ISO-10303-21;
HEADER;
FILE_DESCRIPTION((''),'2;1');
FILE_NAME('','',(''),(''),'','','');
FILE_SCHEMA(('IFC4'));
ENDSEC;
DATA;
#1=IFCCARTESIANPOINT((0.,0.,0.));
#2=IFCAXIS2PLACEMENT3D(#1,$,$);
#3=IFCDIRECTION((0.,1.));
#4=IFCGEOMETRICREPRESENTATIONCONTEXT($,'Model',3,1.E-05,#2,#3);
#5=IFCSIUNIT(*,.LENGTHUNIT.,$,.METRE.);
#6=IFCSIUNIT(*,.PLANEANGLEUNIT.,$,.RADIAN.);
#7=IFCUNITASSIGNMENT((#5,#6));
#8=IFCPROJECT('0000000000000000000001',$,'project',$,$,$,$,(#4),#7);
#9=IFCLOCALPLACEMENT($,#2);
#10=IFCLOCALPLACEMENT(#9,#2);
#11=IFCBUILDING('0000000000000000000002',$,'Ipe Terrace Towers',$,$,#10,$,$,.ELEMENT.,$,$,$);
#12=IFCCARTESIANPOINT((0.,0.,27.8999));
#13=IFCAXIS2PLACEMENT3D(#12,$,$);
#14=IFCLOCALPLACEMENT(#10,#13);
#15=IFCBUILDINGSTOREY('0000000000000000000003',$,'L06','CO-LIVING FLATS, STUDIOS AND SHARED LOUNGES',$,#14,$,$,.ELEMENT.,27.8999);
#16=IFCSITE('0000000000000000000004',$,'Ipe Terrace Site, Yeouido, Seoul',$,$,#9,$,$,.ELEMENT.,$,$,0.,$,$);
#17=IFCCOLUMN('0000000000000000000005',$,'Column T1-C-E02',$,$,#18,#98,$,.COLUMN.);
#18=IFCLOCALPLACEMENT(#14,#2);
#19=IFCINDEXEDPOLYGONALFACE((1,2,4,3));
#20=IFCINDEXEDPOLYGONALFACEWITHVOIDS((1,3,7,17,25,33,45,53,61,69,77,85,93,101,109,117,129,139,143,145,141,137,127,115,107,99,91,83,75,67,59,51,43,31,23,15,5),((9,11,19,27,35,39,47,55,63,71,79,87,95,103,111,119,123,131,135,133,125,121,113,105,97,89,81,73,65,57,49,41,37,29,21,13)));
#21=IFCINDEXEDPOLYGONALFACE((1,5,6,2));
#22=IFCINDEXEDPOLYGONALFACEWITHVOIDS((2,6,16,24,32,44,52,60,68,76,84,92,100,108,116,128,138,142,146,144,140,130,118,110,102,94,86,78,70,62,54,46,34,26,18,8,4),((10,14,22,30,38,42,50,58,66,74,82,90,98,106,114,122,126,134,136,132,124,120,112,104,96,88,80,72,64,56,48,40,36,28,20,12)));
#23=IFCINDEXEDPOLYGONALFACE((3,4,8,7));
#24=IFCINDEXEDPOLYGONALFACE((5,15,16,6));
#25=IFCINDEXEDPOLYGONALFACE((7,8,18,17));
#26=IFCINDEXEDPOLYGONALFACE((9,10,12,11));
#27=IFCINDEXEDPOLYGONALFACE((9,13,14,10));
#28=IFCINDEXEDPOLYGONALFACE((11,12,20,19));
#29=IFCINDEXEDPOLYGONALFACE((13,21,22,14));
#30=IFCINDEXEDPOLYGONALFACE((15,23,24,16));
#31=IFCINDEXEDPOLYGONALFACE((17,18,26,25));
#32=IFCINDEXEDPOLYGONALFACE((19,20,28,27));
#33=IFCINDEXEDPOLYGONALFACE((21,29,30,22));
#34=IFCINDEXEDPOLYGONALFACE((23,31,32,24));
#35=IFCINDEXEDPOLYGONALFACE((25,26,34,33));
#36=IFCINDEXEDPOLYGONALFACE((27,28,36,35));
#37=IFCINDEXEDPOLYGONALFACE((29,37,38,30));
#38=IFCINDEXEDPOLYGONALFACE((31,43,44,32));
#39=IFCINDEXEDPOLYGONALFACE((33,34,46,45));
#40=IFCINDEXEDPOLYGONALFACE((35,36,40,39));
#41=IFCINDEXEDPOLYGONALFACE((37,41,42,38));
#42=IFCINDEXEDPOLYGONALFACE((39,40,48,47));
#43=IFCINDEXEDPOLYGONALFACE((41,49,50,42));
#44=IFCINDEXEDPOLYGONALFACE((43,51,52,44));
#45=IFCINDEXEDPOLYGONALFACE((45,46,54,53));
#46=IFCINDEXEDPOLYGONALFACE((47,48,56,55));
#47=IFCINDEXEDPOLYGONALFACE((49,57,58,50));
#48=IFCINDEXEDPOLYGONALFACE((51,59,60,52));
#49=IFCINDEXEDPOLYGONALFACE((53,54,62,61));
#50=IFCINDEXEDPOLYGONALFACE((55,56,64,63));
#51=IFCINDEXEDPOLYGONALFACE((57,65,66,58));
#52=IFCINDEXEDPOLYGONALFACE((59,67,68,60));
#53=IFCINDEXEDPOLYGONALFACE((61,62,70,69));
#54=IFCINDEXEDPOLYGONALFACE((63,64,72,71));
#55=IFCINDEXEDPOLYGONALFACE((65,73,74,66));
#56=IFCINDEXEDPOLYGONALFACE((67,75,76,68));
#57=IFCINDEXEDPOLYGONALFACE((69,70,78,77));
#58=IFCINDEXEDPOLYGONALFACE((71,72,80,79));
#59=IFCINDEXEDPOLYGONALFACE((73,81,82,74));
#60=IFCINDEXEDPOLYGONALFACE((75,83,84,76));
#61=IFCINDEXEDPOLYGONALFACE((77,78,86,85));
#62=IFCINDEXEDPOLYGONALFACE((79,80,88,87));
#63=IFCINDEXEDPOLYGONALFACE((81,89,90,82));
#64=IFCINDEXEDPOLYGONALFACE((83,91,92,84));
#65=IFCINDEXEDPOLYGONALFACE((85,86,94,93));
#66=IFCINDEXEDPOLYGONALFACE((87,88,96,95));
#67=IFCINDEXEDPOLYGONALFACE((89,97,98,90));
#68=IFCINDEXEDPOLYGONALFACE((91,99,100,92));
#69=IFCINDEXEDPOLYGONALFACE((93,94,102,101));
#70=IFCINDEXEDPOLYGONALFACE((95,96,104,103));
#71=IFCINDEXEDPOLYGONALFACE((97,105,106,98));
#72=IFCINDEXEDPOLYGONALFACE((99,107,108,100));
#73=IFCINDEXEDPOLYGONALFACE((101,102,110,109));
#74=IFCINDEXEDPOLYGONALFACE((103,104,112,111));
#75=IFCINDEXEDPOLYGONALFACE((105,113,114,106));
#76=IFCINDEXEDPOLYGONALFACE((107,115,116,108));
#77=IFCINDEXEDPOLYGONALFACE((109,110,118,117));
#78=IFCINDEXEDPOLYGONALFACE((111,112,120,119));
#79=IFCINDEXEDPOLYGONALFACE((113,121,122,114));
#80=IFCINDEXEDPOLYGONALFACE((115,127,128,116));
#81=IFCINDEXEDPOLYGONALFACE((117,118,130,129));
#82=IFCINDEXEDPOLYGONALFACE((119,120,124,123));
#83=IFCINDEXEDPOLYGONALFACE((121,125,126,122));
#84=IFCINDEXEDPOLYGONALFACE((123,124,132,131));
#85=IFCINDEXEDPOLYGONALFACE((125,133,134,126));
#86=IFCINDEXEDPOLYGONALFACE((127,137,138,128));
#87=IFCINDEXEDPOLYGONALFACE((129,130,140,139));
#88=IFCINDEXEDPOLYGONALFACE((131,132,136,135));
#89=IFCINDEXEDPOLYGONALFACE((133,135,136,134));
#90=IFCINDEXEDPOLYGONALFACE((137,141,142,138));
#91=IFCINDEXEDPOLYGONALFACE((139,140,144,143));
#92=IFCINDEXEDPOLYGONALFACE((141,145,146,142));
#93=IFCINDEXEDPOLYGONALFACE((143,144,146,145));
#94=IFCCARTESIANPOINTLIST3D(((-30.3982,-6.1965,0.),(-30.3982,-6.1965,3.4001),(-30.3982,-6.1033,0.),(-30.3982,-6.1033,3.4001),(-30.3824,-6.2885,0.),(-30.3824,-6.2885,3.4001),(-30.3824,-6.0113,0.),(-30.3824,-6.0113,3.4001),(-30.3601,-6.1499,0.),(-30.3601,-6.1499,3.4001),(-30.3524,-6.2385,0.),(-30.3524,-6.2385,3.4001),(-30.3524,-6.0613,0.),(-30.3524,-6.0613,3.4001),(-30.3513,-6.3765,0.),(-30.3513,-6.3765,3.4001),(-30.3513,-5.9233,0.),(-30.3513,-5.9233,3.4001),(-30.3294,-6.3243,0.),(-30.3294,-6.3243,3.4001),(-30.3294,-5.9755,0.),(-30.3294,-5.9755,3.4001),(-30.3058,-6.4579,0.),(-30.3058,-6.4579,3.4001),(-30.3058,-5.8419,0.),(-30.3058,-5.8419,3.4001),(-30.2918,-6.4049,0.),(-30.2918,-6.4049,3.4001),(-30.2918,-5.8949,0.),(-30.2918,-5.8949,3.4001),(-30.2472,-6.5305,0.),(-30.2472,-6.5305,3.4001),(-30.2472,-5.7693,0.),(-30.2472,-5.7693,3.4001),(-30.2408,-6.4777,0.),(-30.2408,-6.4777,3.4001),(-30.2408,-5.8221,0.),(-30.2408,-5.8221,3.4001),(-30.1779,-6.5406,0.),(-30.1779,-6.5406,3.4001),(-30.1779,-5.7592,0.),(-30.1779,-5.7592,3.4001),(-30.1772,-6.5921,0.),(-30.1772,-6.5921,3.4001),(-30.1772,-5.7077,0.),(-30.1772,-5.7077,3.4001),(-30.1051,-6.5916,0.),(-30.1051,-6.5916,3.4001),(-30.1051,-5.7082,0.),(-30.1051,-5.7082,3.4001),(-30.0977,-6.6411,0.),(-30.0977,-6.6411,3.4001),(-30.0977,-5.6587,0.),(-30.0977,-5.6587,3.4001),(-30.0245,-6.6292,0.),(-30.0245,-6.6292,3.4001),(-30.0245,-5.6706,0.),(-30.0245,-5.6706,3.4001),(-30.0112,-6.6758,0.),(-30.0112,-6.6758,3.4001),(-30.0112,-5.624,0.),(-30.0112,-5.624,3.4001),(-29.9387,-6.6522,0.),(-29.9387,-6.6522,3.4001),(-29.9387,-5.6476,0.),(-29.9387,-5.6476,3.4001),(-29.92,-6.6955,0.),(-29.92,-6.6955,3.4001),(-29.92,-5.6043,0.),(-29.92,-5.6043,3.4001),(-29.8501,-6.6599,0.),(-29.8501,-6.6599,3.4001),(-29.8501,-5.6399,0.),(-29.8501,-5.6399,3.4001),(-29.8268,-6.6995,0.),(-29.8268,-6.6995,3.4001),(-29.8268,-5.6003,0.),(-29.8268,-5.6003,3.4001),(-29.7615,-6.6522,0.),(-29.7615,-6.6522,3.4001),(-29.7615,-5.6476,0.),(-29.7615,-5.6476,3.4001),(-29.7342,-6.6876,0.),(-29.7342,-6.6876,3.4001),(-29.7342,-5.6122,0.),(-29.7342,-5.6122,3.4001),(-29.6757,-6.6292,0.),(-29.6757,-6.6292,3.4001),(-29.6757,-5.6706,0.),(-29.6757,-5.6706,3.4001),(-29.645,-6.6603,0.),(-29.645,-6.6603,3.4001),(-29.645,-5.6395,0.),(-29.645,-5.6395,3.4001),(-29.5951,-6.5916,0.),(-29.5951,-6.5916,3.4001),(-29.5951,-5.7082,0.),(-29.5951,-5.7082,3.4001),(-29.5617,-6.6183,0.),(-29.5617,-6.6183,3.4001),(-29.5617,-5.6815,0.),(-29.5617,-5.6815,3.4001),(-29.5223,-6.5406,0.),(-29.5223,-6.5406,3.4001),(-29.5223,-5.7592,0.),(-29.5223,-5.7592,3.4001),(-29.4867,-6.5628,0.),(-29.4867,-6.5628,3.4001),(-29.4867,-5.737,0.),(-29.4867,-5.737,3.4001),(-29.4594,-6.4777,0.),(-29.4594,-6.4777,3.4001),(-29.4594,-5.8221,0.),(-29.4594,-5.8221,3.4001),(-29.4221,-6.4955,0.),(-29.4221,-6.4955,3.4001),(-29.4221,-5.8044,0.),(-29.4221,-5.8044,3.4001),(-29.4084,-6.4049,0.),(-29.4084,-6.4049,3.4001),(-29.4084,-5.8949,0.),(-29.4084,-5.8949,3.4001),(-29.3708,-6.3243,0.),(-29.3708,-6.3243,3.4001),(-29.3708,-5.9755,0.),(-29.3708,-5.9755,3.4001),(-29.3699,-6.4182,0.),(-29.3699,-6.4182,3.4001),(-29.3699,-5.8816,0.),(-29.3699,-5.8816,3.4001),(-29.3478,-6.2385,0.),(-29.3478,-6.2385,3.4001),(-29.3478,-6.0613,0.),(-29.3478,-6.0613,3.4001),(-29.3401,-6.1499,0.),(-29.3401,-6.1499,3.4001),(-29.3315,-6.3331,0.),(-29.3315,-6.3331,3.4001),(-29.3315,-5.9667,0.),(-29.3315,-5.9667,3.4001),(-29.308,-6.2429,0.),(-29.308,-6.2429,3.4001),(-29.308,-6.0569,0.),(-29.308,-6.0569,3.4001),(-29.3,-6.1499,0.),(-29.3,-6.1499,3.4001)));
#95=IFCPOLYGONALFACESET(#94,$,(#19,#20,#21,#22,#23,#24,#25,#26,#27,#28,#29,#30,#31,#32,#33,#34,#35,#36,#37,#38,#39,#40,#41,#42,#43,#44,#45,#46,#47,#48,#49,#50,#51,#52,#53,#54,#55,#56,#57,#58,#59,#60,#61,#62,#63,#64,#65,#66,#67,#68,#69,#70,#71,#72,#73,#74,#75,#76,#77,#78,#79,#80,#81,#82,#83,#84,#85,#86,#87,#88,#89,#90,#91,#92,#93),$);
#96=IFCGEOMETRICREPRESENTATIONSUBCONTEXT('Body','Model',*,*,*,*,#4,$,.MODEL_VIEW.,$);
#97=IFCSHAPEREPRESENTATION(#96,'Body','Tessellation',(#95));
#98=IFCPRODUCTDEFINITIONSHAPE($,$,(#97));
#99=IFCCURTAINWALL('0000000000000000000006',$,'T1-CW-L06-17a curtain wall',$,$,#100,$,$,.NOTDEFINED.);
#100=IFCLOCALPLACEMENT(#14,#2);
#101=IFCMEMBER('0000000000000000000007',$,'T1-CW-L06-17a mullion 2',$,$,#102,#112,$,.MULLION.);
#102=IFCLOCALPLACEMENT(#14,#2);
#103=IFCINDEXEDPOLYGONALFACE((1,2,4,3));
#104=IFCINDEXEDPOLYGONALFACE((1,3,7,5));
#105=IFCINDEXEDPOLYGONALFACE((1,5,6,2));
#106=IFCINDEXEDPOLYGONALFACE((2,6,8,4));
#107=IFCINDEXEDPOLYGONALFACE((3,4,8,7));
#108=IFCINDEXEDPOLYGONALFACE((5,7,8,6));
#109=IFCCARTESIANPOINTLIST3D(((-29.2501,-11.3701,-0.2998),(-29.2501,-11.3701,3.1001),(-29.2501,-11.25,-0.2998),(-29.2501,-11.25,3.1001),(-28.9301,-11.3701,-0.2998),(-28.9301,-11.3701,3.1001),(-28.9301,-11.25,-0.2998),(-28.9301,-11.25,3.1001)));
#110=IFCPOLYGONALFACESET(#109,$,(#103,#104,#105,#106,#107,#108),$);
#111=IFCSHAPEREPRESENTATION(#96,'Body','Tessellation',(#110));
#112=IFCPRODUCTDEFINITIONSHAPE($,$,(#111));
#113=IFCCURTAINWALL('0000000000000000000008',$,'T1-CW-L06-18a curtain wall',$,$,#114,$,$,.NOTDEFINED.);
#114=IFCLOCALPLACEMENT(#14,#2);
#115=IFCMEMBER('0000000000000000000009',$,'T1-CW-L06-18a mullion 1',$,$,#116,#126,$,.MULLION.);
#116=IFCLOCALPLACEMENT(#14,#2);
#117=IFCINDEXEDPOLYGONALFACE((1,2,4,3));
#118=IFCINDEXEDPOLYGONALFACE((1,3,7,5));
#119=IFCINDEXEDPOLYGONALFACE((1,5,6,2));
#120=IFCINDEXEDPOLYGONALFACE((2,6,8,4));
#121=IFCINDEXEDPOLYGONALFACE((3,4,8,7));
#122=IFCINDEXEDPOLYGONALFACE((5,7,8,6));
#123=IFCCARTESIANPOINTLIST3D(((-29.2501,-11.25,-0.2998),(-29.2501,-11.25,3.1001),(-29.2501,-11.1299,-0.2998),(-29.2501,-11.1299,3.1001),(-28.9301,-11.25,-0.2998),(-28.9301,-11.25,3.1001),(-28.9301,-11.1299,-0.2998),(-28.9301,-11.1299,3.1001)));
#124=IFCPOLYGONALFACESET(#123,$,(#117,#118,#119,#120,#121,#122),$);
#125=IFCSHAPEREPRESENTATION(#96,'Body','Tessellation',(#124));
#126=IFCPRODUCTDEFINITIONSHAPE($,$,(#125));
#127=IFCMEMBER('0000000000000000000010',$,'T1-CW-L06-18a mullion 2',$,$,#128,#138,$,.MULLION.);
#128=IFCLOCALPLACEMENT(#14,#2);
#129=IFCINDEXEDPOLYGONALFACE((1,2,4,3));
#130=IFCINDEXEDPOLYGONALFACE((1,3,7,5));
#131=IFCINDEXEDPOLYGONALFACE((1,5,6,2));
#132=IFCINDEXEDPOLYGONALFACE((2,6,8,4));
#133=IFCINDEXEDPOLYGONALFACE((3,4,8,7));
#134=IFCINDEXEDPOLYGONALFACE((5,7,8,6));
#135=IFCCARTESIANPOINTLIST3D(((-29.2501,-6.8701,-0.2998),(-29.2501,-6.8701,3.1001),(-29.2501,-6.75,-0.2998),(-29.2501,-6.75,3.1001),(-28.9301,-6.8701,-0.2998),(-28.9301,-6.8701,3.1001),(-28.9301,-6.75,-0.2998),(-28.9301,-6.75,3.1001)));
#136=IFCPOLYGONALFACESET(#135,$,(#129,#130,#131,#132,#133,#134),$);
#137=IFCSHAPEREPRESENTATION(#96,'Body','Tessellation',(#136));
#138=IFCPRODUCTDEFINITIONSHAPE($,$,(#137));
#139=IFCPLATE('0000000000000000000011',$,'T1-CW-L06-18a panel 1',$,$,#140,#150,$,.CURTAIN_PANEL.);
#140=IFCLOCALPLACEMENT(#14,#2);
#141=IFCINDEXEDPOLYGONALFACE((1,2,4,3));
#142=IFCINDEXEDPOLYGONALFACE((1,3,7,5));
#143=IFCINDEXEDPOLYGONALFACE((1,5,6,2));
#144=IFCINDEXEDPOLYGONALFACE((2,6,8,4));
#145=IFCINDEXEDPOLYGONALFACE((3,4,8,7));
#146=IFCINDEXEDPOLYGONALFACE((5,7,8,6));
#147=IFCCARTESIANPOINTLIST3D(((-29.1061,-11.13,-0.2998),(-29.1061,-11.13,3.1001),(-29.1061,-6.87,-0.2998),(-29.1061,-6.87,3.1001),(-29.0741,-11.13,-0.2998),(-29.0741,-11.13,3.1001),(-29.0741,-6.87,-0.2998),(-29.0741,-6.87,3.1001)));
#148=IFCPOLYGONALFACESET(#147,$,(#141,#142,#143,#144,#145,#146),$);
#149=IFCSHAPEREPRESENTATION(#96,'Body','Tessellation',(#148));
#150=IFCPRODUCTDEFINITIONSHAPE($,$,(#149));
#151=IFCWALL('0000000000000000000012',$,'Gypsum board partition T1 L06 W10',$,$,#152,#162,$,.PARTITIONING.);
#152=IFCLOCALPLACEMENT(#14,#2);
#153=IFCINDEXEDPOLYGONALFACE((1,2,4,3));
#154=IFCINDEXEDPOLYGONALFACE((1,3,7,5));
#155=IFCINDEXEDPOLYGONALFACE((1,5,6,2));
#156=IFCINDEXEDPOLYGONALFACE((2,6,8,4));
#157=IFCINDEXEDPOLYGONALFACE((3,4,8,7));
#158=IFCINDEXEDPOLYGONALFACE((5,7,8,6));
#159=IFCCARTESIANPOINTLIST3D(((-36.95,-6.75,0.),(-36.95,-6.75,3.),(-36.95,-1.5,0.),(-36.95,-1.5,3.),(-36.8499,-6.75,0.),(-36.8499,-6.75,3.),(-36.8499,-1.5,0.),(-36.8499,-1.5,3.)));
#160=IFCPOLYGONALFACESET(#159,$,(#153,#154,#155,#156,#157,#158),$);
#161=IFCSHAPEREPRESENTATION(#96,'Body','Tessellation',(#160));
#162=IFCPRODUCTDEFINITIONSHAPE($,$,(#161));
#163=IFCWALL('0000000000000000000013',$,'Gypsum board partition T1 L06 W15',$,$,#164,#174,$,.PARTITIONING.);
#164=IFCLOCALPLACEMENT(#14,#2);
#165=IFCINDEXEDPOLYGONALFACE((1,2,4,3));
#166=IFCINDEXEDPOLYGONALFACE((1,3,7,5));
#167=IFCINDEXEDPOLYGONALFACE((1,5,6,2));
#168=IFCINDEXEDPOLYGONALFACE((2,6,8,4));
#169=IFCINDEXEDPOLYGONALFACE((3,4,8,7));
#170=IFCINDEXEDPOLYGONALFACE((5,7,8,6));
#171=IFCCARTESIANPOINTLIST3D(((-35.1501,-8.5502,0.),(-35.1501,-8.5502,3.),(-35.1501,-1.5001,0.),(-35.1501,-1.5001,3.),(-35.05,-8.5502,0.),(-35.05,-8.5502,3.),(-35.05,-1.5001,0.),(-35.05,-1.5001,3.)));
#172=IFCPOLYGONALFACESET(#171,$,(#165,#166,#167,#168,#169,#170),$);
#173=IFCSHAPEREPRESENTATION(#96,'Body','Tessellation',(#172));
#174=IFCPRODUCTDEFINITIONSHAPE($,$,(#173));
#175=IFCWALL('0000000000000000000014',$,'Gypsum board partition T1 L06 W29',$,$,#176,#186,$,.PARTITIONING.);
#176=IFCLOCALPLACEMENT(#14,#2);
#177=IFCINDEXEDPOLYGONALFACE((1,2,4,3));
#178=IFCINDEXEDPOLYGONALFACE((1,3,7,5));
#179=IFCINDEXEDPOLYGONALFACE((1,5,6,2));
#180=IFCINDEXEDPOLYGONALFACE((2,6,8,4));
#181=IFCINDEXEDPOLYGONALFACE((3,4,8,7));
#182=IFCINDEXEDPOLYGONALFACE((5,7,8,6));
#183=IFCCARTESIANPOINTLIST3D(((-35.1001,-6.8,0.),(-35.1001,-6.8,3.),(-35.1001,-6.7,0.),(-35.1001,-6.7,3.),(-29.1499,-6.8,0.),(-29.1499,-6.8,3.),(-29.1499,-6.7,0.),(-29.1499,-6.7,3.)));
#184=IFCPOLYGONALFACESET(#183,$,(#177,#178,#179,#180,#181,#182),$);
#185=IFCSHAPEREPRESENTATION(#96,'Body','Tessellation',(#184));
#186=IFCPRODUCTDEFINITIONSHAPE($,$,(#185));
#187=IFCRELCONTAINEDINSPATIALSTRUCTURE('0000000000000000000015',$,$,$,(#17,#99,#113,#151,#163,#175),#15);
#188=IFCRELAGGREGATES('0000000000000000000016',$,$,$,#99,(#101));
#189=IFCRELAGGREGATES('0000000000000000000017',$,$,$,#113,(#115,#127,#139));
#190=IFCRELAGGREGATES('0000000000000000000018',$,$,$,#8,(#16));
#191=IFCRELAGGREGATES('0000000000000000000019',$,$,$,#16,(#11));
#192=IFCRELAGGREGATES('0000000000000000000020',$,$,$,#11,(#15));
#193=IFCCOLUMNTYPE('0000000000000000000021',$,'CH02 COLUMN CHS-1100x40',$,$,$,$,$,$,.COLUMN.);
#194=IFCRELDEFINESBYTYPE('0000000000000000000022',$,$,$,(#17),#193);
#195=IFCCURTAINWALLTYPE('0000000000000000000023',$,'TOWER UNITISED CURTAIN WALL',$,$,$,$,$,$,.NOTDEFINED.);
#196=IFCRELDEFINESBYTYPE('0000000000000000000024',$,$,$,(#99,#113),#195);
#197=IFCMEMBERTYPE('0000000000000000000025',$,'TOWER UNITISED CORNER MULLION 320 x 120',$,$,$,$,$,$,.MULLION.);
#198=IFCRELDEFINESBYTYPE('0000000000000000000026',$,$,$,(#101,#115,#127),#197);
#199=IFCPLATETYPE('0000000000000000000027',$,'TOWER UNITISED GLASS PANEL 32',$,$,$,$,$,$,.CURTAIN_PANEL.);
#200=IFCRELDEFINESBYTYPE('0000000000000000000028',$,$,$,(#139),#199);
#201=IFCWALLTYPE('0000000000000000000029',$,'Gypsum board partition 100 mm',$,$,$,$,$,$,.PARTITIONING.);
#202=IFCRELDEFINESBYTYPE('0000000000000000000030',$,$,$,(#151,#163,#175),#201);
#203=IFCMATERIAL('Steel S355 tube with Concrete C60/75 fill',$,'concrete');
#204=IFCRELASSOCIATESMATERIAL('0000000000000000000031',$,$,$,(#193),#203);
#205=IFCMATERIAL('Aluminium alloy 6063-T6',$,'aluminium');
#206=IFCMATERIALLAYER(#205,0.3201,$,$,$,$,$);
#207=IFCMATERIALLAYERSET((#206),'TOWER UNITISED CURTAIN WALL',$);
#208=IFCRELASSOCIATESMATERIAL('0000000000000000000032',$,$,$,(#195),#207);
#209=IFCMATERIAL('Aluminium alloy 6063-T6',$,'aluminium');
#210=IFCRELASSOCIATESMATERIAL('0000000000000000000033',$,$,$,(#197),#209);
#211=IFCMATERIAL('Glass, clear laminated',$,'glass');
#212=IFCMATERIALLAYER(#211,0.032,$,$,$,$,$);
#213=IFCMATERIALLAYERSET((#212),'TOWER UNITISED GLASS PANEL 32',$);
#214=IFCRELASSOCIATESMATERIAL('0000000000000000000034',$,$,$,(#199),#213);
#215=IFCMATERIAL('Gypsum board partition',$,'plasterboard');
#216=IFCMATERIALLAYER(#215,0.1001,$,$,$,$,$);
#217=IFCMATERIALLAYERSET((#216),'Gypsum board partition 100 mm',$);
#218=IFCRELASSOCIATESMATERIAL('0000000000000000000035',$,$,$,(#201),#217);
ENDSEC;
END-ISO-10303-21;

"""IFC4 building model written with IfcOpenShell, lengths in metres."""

from ifc_helpers import new_model, si_unit, direction, frame, frame_2d, origin, origin_2d, place, context, subcontext, project, spatial, rectangle, hollow_circle, extrude, material, layer, layer_set, material_profile, profile_set, type_object, element, aggregate, save


model = new_model("IFC4")

# Units and contexts
model_context = context("Model", 3, precision=1e-05, world=origin(), true_north=direction((0.0, 1.0)))
body_context = subcontext(model_context, "Body", "Model", "MODEL_VIEW")
ifc_project = project(units=[si_unit("LENGTHUNIT", "METRE"), si_unit("PLANEANGLEUNIT", "RADIAN")], contexts=[model_context])

# Site, building, storey
site_placement = place(None, origin())
site = spatial("IfcSite", under=ifc_project, at=site_placement, Name="Ipe Terrace Site, Yeouido, Seoul", CompositionType="ELEMENT", RefElevation=0.0)
building_placement = place(site_placement, origin())
building = spatial("IfcBuilding", under=site, at=building_placement, Name="Ipe Terrace Towers", CompositionType="ELEMENT")
storey_placement = place(building_placement, frame((0.0, 0.0, 27.8999)))
storey = spatial("IfcBuildingStorey", under=building, at=storey_placement, Name="L06", Description="CO-LIVING FLATS, STUDIOS AND SHARED LOUNGES", CompositionType="ELEMENT", Elevation=27.8999)

# Column
ifc_material_1 = material(Name="Steel S355 tube with Concrete C60/75 fill", Category="concrete")
ifc_material_profile_1 = material_profile(ifc_material_1, hollow_circle(Radius=0.55, WallThickness=0.04, at=origin_2d()), Name="CHS-1100x40")
ifc_profile_set_1 = profile_set([ifc_material_profile_1], Name="Steel S355 tube with Concrete C60/75 fill")
column_type = type_object("IfcColumnType", Name="CH02 COLUMN CHS-1100x40", PredefinedType="COLUMN", material=ifc_profile_set_1)
column_placement = place(storey_placement, frame((-29.8501, -6.1499, 0.0), z_axis=(0.0, 0.0, 1.0), x_axis=(1.0, 0.0, 0.0)))
element("IfcColumn", 1, at=column_placement, inside=storey, type_object=column_type, Name="Column T1-C-E02", PredefinedType="COLUMN", context=body_context, shape_type="SweptSolid", body=[
    extrude(hollow_circle(Radius=0.55, WallThickness=0.04, at=origin_2d()), origin(), (0.0, 0.0, 1.0), 3.4001),
])

# Curtain wall, member
ifc_material_2 = material(Name="Aluminium alloy 6063-T6", Category="aluminium")
ifc_layer_1 = layer(ifc_material_2, 0.3201)
ifc_layer_set_1 = layer_set([ifc_layer_1], Name="TOWER UNITISED CURTAIN WALL")
curtain_wall_type = type_object("IfcCurtainWallType", Name="TOWER UNITISED CURTAIN WALL", PredefinedType="NOTDEFINED", material=ifc_layer_set_1)
curtain_wall_1_placement = place(storey_placement, origin())
curtain_wall_1 = element("IfcCurtainWall", 2, at=curtain_wall_1_placement, inside=storey, type_object=curtain_wall_type, Name="T1-CW-L06-17a curtain wall", PredefinedType="NOTDEFINED")
ifc_material_3 = material(Name="Aluminium alloy 6063-T6", Category="aluminium")
ifc_material_profile_2 = material_profile(ifc_material_3, rectangle(XDim=0.3201, YDim=0.1201, at=origin_2d()), Name="TOWER UNITISED CORNER MULLION 320 x 120")
ifc_profile_set_2 = profile_set([ifc_material_profile_2], Name="Aluminium alloy 6063-T6")
member_type = type_object("IfcMemberType", Name="TOWER UNITISED CORNER MULLION 320 x 120", PredefinedType="MULLION", material=ifc_profile_set_2)
member_1_placement = place(storey_placement, frame((-29.0901, -11.3101, -0.2998), z_axis=(0.0, 0.0, 1.0), x_axis=(1.0, 0.0, 0.0)))
member_1 = element("IfcMember", 3, at=member_1_placement, type_object=member_type, Name="T1-CW-L06-17a mullion 2", PredefinedType="MULLION", context=body_context, shape_type="SweptSolid", body=[
    extrude(rectangle(XDim=0.3201, YDim=0.1201, at=origin_2d()), origin(), (0.0, 0.0, 1.0), 3.3999),
])
aggregate(curtain_wall_1, [member_1])

# Curtain wall, members, plate
curtain_wall_2_placement = place(storey_placement, origin())
curtain_wall_2 = element("IfcCurtainWall", 4, at=curtain_wall_2_placement, inside=storey, type_object=curtain_wall_type, Name="T1-CW-L06-18a curtain wall", PredefinedType="NOTDEFINED")
member_2_placement = place(storey_placement, frame((-29.0901, -11.1899, -0.2998), z_axis=(0.0, 0.0, 1.0), x_axis=(1.0, 0.0, 0.0)))
member_2 = element("IfcMember", 5, at=member_2_placement, type_object=member_type, Name="T1-CW-L06-18a mullion 1", PredefinedType="MULLION", context=body_context, shape_type="SweptSolid", body=[
    extrude(rectangle(XDim=0.3201, YDim=0.1201, at=origin_2d()), origin(), (0.0, 0.0, 1.0), 3.3999),
])
member_3_placement = place(storey_placement, frame((-29.0901, -6.8101, -0.2998), z_axis=(0.0, 0.0, 1.0), x_axis=(1.0, 0.0, 0.0)))
member_3 = element("IfcMember", 6, at=member_3_placement, type_object=member_type, Name="T1-CW-L06-18a mullion 2", PredefinedType="MULLION", context=body_context, shape_type="SweptSolid", body=[
    extrude(rectangle(XDim=0.3201, YDim=0.1201, at=origin_2d()), origin(), (0.0, 0.0, 1.0), 3.3999),
])
ifc_material_4 = material(Name="Glass, clear laminated", Category="glass")
ifc_layer_2 = layer(ifc_material_4, 0.032)
ifc_layer_set_2 = layer_set([ifc_layer_2], Name="TOWER UNITISED GLASS PANEL 32")
plate_type = type_object("IfcPlateType", Name="TOWER UNITISED GLASS PANEL 32", PredefinedType="CURTAIN_PANEL", material=ifc_layer_set_2)
plate_placement = place(storey_placement, frame((-29.0901, -9.0, -0.2998), z_axis=(0.0, 0.0, 1.0), x_axis=(0.0, 1.0, 0.0)))
plate = element("IfcPlate", 7, at=plate_placement, type_object=plate_type, Name="T1-CW-L06-18a panel 1", PredefinedType="CURTAIN_PANEL", context=body_context, shape_type="SweptSolid", body=[
    extrude(rectangle(XDim=4.26, YDim=0.032, at=origin_2d()), origin(), (0.0, 0.0, 1.0), 3.3999),
])
aggregate(curtain_wall_2, [member_2, member_3, plate])

# Walls
ifc_material_5 = material(Name="Gypsum board partition", Category="plasterboard")
ifc_layer_3 = layer(ifc_material_5, 0.1001)
ifc_layer_set_3 = layer_set([ifc_layer_3], Name="Gypsum board partition 100 mm")
wall_type_1 = type_object("IfcWallType", Name="Gypsum board partition 100 mm", PredefinedType="PARTITIONING", material=ifc_layer_set_3)
wall_1_placement = place(storey_placement, frame((-36.8999, -6.75, 0.0), z_axis=(0.0, 0.0, 1.0), x_axis=(0.0, 1.0, 0.0)))
element("IfcWall", 8, at=wall_1_placement, inside=storey, type_object=wall_type_1, Name="Gypsum board partition T1 L06 W10", PredefinedType="PARTITIONING", context=body_context, shape_type="SweptSolid", body=[
    extrude(rectangle(XDim=5.25, YDim=0.1001, at=frame_2d((2.625, 0.0))), origin(), (0.0, 0.0, 1.0), 3.0),
])
wall_2_placement = place(storey_placement, frame((-35.1001, -8.55, 0.0), z_axis=(0.0, 0.0, 1.0), x_axis=(0.0, 1.0, 0.0)))
element("IfcWall", 9, at=wall_2_placement, inside=storey, type_object=wall_type_1, Name="Gypsum board partition T1 L06 W15", PredefinedType="PARTITIONING", context=body_context, shape_type="SweptSolid", body=[
    extrude(rectangle(XDim=7.05, YDim=0.1001, at=frame_2d((3.5249, 0.0))), origin(), (0.0, 0.0, 1.0), 3.0),
])
wall_3_placement = place(storey_placement, frame((-35.1001, -6.75, 0.0), z_axis=(0.0, 0.0, 1.0), x_axis=(1.0, 0.0, 0.0)))
element("IfcWall", 10, at=wall_3_placement, inside=storey, type_object=wall_type_1, Name="Gypsum board partition T1 L06 W29", PredefinedType="PARTITIONING", context=body_context, shape_type="SweptSolid", body=[
    extrude(rectangle(XDim=5.9502, YDim=0.1001, at=frame_2d((2.9751, 0.0))), origin(), (0.0, 0.0, 1.0), 3.0),
])

save(model, "model.ifc")
